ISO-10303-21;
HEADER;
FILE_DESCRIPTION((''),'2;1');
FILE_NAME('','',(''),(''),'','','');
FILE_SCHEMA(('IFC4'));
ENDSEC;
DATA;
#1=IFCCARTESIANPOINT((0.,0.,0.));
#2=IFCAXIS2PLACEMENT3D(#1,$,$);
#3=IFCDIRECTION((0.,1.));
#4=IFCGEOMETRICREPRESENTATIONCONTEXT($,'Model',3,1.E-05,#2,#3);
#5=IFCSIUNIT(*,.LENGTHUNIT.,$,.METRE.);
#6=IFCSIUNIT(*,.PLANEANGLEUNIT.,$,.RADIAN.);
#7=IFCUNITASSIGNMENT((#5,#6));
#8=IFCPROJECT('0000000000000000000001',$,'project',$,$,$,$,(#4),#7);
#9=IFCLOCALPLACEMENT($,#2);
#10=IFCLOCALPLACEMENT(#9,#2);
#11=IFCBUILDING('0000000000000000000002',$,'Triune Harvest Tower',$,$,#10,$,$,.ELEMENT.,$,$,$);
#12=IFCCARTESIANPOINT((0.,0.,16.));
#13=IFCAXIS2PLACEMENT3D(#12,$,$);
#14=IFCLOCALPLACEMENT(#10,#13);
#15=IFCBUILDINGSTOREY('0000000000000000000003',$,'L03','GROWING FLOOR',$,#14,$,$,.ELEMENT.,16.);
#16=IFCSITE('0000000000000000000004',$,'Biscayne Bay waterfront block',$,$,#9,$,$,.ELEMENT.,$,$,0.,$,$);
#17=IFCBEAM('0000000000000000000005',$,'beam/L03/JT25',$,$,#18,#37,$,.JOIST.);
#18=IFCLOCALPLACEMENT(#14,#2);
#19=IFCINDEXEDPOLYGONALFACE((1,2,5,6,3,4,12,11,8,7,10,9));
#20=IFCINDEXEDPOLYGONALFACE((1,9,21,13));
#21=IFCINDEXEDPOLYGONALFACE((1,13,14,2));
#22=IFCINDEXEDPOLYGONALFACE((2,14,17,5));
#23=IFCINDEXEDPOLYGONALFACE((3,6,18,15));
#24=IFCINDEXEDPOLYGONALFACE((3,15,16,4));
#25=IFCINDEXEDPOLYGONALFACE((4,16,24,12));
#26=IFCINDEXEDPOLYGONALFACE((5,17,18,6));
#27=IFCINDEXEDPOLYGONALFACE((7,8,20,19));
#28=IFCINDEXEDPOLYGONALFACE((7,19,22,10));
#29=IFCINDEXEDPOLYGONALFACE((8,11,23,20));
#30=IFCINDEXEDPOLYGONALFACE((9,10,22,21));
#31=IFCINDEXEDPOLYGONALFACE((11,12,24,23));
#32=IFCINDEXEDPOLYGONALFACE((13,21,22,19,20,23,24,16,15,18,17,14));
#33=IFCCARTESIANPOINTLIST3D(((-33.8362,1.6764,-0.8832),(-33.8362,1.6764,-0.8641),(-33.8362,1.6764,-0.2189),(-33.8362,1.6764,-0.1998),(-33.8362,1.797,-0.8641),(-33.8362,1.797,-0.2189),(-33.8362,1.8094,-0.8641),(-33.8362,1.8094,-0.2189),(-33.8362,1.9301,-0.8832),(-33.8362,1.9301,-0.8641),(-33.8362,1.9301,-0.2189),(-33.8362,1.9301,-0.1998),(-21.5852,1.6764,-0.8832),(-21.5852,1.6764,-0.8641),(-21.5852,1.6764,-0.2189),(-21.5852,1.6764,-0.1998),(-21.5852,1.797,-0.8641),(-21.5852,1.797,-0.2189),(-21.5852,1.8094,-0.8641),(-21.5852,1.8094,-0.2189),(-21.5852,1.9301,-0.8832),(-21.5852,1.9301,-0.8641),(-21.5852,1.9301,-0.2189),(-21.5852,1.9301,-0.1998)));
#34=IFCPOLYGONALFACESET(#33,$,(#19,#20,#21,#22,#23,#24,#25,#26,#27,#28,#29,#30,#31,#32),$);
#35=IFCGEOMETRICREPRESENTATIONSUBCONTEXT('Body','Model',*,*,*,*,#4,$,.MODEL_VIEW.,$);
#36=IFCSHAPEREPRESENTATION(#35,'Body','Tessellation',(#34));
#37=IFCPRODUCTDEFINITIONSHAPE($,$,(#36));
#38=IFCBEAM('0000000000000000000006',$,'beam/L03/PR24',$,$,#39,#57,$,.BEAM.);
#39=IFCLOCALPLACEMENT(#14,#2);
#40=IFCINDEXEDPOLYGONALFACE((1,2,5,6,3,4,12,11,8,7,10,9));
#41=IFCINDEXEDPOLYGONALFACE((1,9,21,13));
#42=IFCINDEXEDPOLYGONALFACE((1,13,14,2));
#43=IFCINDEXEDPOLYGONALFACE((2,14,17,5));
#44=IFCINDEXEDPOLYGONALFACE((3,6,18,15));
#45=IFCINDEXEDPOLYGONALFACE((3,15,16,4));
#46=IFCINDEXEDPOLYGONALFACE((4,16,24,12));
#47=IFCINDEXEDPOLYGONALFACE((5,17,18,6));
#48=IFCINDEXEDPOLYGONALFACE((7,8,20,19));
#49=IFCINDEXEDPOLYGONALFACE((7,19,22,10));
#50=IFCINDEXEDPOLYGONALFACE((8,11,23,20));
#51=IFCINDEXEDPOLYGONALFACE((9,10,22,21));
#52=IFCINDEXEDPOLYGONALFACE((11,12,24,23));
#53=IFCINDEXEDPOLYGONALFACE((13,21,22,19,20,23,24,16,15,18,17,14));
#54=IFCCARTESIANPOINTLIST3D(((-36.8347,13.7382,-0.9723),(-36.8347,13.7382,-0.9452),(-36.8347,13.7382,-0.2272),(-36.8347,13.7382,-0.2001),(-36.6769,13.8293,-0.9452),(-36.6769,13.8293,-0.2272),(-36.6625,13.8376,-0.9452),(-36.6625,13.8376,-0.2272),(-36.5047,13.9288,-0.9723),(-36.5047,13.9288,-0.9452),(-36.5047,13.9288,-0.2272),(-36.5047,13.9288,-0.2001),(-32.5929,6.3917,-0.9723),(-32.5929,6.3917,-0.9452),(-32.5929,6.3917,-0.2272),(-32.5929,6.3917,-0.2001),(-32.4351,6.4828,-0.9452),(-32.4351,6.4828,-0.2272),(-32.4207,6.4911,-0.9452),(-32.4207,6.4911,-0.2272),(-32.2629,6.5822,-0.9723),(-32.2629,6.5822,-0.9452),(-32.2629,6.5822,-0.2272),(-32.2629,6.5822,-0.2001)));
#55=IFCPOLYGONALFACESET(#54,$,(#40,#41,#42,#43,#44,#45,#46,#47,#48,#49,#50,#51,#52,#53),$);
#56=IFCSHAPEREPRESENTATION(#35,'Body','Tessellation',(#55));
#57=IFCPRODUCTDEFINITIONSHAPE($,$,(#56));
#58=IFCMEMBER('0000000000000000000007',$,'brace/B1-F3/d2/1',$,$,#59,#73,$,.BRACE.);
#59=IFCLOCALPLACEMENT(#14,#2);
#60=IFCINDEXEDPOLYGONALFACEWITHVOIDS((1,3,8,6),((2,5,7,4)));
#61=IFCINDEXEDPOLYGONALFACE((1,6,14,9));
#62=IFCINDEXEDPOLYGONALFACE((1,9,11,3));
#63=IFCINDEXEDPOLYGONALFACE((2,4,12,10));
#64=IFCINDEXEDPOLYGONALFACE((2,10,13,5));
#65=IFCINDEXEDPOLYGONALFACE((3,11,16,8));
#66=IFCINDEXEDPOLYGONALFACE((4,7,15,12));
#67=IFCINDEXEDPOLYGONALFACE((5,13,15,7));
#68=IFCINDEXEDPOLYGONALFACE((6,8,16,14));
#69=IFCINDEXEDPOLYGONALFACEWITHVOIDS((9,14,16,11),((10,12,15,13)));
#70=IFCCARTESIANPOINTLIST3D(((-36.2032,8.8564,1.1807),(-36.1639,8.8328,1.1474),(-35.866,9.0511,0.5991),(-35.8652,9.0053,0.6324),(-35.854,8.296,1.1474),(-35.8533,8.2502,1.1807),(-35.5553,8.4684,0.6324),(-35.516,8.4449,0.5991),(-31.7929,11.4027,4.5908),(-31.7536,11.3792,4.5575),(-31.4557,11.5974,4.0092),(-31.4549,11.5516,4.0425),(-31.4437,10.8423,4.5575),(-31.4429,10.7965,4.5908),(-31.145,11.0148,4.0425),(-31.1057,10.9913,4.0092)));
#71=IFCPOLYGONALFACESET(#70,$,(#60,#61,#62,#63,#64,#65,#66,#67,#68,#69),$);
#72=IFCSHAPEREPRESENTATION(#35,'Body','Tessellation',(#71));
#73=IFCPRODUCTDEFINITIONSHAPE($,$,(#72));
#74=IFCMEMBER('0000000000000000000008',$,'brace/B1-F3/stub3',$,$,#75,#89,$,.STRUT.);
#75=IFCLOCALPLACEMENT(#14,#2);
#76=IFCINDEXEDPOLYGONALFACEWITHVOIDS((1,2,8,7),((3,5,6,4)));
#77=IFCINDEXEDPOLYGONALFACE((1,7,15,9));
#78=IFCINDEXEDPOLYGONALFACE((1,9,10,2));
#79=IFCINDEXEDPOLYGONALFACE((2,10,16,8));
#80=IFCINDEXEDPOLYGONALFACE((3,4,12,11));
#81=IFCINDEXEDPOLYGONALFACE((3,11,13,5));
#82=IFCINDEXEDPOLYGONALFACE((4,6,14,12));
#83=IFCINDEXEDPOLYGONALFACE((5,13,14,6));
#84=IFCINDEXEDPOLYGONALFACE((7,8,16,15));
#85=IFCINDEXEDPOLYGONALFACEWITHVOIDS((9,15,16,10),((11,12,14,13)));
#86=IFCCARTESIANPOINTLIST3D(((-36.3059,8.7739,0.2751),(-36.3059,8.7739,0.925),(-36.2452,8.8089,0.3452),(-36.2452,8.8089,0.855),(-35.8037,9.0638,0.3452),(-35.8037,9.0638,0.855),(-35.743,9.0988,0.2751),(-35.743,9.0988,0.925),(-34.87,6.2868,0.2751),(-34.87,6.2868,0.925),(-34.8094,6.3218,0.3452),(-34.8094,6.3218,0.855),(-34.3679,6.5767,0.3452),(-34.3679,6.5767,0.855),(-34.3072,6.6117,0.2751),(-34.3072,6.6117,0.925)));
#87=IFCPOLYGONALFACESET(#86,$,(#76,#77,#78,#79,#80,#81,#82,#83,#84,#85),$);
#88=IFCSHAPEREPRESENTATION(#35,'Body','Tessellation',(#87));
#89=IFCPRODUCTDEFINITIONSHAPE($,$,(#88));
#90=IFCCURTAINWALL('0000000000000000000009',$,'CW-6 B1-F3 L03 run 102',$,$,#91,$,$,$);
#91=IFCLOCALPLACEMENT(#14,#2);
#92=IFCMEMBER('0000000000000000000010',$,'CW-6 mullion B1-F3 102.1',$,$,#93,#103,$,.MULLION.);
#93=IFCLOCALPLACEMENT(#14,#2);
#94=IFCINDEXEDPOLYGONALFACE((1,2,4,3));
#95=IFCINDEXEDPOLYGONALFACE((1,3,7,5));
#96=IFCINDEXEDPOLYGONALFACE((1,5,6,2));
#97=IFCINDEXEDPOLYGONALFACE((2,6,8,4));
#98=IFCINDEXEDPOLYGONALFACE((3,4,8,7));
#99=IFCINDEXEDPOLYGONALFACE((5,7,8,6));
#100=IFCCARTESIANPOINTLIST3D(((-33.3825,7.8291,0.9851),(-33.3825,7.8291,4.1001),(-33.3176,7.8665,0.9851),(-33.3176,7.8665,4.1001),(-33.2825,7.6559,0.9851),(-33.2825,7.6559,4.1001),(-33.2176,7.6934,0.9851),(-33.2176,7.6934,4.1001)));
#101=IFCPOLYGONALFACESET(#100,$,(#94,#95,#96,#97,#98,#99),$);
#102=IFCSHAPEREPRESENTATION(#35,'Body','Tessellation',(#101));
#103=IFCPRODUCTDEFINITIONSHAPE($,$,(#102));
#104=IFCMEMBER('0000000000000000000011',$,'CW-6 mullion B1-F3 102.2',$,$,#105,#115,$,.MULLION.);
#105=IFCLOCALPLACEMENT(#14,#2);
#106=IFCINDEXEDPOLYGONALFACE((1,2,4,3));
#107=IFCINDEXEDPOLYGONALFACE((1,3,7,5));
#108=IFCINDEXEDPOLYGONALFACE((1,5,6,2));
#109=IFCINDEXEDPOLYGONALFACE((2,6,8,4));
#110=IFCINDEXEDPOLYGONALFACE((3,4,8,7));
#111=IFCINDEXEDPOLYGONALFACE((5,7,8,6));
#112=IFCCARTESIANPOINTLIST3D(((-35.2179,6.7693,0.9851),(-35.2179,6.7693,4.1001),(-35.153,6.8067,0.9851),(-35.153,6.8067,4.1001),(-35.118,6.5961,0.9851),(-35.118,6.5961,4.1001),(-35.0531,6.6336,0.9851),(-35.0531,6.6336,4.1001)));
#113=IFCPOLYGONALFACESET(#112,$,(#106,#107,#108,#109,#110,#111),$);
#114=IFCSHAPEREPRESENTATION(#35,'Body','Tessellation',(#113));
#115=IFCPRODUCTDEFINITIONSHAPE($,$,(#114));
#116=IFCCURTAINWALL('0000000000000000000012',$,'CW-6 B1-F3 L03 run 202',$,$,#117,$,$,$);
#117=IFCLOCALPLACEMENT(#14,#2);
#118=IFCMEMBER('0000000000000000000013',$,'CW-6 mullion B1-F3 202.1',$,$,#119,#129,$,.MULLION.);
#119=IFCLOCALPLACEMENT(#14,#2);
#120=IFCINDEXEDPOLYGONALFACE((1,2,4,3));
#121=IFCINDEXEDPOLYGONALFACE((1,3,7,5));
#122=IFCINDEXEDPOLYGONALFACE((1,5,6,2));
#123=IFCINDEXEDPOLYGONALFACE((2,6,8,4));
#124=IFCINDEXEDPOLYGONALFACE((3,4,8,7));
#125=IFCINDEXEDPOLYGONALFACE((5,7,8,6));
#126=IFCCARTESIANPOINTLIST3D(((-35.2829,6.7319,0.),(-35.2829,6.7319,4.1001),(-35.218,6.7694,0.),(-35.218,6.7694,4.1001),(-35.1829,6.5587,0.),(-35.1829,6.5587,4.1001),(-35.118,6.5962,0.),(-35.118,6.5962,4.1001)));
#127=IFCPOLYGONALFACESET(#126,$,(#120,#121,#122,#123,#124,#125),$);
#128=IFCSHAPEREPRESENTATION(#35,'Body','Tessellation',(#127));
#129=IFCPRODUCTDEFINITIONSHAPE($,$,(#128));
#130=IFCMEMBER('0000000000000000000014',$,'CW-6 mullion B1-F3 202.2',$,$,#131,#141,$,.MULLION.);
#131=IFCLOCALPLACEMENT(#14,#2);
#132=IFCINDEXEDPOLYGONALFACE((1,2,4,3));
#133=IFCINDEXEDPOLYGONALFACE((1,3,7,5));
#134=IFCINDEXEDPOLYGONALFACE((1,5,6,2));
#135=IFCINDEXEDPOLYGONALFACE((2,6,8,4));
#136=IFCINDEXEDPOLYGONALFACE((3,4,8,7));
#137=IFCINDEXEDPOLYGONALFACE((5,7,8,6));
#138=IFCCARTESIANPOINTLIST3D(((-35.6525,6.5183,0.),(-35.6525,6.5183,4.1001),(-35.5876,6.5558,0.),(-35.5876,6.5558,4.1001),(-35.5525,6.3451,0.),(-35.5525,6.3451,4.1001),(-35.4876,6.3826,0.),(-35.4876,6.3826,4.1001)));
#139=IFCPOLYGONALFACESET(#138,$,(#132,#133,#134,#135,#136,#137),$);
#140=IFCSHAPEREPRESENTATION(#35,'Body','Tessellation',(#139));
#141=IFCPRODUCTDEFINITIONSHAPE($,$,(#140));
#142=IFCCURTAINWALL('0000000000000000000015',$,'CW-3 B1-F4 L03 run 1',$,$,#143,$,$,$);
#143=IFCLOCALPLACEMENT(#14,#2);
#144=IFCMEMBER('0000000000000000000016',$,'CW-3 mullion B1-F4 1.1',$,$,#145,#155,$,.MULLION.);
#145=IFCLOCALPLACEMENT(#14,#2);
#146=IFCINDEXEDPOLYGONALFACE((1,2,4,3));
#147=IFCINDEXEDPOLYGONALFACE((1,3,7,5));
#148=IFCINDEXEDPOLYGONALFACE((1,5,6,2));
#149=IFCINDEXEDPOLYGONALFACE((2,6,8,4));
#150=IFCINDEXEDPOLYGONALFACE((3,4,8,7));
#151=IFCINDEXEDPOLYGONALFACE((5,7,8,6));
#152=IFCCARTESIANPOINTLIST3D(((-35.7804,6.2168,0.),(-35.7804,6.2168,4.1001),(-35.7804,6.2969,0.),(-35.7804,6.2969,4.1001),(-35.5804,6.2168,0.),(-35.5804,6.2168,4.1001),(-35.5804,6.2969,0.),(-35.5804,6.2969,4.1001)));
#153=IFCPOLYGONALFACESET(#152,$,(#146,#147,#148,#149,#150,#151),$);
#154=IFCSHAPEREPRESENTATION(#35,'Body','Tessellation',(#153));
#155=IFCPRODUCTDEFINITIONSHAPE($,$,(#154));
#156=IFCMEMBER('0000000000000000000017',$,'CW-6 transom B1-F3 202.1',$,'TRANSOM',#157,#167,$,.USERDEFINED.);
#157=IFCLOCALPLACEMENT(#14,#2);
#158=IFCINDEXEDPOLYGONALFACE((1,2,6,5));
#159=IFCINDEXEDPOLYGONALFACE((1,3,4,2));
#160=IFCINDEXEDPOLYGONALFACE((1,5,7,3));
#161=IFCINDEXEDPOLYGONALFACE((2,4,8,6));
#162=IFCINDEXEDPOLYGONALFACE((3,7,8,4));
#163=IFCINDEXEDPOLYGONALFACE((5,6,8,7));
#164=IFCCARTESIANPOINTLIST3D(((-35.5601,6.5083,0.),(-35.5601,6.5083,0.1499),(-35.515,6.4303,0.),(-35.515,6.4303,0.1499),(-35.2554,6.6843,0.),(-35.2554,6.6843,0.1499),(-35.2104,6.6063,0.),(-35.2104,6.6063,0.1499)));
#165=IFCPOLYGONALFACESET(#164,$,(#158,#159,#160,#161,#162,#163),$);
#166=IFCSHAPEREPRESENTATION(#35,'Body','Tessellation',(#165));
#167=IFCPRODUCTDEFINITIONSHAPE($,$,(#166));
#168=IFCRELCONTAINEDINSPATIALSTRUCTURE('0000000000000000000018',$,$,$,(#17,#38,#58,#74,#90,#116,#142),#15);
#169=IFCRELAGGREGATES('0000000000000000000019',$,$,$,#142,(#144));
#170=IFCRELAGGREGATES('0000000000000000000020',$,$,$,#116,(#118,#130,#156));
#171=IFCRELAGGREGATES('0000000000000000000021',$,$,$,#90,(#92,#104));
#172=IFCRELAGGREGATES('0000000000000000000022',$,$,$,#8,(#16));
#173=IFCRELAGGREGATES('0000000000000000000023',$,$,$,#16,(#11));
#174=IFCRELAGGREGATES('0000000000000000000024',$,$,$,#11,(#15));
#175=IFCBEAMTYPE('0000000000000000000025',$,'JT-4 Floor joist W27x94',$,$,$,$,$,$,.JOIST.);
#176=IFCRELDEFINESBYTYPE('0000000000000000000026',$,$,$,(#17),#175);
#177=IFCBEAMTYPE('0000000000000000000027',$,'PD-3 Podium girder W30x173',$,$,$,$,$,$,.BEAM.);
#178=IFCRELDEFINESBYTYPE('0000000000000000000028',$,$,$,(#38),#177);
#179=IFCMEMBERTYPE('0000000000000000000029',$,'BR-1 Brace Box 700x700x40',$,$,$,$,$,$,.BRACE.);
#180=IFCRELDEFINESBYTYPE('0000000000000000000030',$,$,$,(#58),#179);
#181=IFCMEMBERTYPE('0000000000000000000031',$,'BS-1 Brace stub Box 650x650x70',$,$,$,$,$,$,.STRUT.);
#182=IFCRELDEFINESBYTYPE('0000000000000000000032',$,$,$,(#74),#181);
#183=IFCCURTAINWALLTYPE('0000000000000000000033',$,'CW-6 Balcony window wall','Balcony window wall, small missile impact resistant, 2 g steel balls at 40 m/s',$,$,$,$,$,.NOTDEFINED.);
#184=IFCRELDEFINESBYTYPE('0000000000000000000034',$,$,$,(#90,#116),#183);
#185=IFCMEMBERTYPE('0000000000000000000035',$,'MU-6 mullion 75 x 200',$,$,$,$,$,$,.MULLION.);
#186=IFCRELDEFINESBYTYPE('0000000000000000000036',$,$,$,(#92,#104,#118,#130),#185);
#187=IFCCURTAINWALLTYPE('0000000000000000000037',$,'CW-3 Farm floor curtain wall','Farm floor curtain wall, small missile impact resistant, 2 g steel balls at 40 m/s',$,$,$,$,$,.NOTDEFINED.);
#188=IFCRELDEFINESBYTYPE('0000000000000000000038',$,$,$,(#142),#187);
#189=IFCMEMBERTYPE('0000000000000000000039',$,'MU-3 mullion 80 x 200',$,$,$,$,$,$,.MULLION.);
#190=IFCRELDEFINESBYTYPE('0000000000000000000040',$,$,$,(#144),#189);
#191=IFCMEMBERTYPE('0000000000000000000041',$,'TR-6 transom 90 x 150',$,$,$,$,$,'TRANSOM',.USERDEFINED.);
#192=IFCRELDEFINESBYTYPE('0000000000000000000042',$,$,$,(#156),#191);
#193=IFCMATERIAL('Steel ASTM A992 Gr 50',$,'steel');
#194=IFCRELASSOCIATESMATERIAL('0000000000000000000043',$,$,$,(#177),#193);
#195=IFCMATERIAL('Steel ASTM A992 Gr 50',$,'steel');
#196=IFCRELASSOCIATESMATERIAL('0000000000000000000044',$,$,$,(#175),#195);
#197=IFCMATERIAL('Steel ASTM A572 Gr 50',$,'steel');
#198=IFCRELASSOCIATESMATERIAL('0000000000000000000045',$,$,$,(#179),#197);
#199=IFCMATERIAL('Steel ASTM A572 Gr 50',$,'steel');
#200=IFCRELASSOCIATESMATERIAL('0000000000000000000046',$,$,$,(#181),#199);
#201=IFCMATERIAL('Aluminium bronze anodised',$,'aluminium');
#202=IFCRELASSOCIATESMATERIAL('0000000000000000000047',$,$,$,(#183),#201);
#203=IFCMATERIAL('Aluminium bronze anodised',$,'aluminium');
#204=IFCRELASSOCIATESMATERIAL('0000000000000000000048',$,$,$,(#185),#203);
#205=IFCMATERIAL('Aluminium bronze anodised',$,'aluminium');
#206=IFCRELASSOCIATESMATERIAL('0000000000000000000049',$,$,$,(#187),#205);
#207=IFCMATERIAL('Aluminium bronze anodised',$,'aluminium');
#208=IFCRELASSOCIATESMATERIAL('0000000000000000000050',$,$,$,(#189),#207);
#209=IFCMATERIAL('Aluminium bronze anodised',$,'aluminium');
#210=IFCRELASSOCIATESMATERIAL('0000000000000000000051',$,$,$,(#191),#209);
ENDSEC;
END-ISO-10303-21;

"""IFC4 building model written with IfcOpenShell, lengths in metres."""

from ifc_helpers import new_model, si_unit, direction, frame, origin, origin_2d, place, context, subcontext, project, spatial, rectangle, hollow_rectangle, i_section, extrude, source, transform, mapped, material, material_profile, profile_set, type_object, element, aggregate, save


model = new_model("IFC4")

# Units and contexts
model_context = context("Model", 3, precision=1e-05, world=origin(), true_north=direction((0.0, 1.0)))
body_context = subcontext(model_context, "Body", "Model", "MODEL_VIEW")
ifc_project = project(units=[si_unit("LENGTHUNIT", "METRE"), si_unit("PLANEANGLEUNIT", "RADIAN")], contexts=[model_context])

# Site, building, storey
site_placement = place(None, origin())
site = spatial("IfcSite", under=ifc_project, at=site_placement, Name="Biscayne Bay waterfront block", CompositionType="ELEMENT", RefElevation=0.0)
building_placement = place(site_placement, origin())
building = spatial("IfcBuilding", under=site, at=building_placement, Name="Triune Harvest Tower", CompositionType="ELEMENT")
storey_placement = place(building_placement, frame((0.0, 0.0, 16.0)))
storey = spatial("IfcBuildingStorey", under=building, at=storey_placement, Name="L03", Description="GROWING FLOOR", CompositionType="ELEMENT", Elevation=16.0)

# Beams
ifc_material_1 = material(Name="Steel ASTM A992 Gr 50", Category="steel")
ifc_material_profile_1 = material_profile(ifc_material_1, i_section(OverallWidth=0.3811, OverallDepth=0.7722, WebThickness=0.0166, FlangeThickness=0.0271, at=origin_2d()), Name="W30x173")
ifc_profile_set_1 = profile_set([ifc_material_profile_1], Name="Steel ASTM A992 Gr 50")
beam_type_1 = type_object("IfcBeamType", Name="PD-3 Podium girder W30x173", PredefinedType="BEAM", material=ifc_profile_set_1)
ifc_material_2 = material(Name="Steel ASTM A992 Gr 50", Category="steel")
ifc_material_profile_2 = material_profile(ifc_material_2, i_section(OverallWidth=0.2537, OverallDepth=0.6833, WebThickness=0.0125, FlangeThickness=0.019, at=origin_2d()), Name="W27x94")
ifc_profile_set_2 = profile_set([ifc_material_profile_2], Name="Steel ASTM A992 Gr 50")
beam_type_2 = type_object("IfcBeamType", Name="JT-4 Floor joist W27x94", PredefinedType="JOIST", material=ifc_profile_set_2)
shared_shape_1 = source(origin(), body_context, "Body", "SweptSolid", [
    extrude(i_section(OverallWidth=0.2537, OverallDepth=0.6833, WebThickness=0.0125, FlangeThickness=0.019, at=origin_2d()), origin(), (0.0, 0.0, 1.0), 12.251),
])
beam_1_placement = place(storey_placement, frame((-33.8362, 1.8032, -0.5415), z_axis=(1.0, 0.0, 0.0), x_axis=(0.0, 1.0, 0.0)))
element("IfcBeam", 1, at=beam_1_placement, inside=storey, type_object=beam_type_2, Name="beam/L03/JT25", PredefinedType="JOIST", context=body_context, shape_type="MappedRepresentation", body=[
    mapped(shared_shape_1, transform((0.0, 0.0, 0.0), scale=1.0)),
])
shared_shape_2 = source(origin(), body_context, "Body", "SweptSolid", [
    extrude(i_section(OverallWidth=0.3811, OverallDepth=0.7722, WebThickness=0.0166, FlangeThickness=0.0271, at=origin_2d()), origin(), (0.0, 0.0, 1.0), 8.4832),
])
beam_2_placement = place(storey_placement, frame((-36.6697, 13.8335, -0.5862), z_axis=(0.500021, -0.866014, 0.0), x_axis=(0.866014, 0.500021, 0.0)))
element("IfcBeam", 2, at=beam_2_placement, inside=storey, type_object=beam_type_1, Name="beam/L03/PR24", PredefinedType="BEAM", context=body_context, shape_type="MappedRepresentation", body=[
    mapped(shared_shape_2, transform((0.0, 0.0, 0.0), scale=1.0)),
])

# Members
ifc_material_3 = material(Name="Steel ASTM A572 Gr 50", Category="steel")
ifc_material_profile_3 = material_profile(ifc_material_3, hollow_rectangle(XDim=0.7, YDim=0.7, WallThickness=0.04, at=origin_2d()), Name="Box 700x700x40")
ifc_profile_set_3 = profile_set([ifc_material_profile_3], Name="Steel ASTM A572 Gr 50")
member_type_1 = type_object("IfcMemberType", Name="BR-1 Brace Box 700x700x40", PredefinedType="BRACE", material=ifc_profile_set_3)
shared_shape_3 = source(origin(), body_context, "Body", "SweptSolid", [
    extrude(hollow_rectangle(XDim=0.7, YDim=0.7, WallThickness=0.04, at=origin_2d()), origin(), (0.0, 0.0, 1.0), 6.1289),
])
member_1_placement = place(storey_placement, frame((-35.8596, 8.6506, 0.8899), z_axis=(0.719593, 0.415464, 0.556395), x_axis=(-0.500006, 0.866022, 0.0)))
element("IfcMember", 3, at=member_1_placement, inside=storey, type_object=member_type_1, Name="brace/B1-F3/d2/1", PredefinedType="BRACE", context=body_context, shape_type="MappedRepresentation", body=[
    mapped(shared_shape_3, transform((0.0, 0.0, 0.0), scale=1.0)),
])
ifc_material_4 = material(Name="Steel ASTM A572 Gr 50", Category="steel")
ifc_material_profile_4 = material_profile(ifc_material_4, hollow_rectangle(XDim=0.6499, YDim=0.6499, WallThickness=0.0701, at=origin_2d()), Name="Box 650x650x70")
ifc_profile_set_4 = profile_set([ifc_material_profile_4], Name="Steel ASTM A572 Gr 50")
member_type_2 = type_object("IfcMemberType", Name="BS-1 Brace stub Box 650x650x70", PredefinedType="STRUT", material=ifc_profile_set_4)
shared_shape_4 = source(origin(), body_context, "Body", "SweptSolid", [
    extrude(hollow_rectangle(XDim=0.6499, YDim=0.6499, WallThickness=0.0701, at=origin_2d()), origin(), (0.0, 0.0, 1.0), 2.8718),
])
member_2_placement = place(storey_placement, frame((-34.5886, 6.4492, 0.6001), z_axis=(-0.49997, 0.866043, 0.0), x_axis=(-0.866043, -0.49997, 0.0)))
element("IfcMember", 4, at=member_2_placement, inside=storey, type_object=member_type_2, Name="brace/B1-F3/stub3", PredefinedType="STRUT", context=body_context, shape_type="MappedRepresentation", body=[
    mapped(shared_shape_4, transform((0.0, 0.0, 0.0), scale=1.0)),
])

# Curtain walls, members
ifc_material_5 = material(Name="Aluminium bronze anodised", Category="aluminium")
curtain_wall_type_1 = type_object("IfcCurtainWallType", Name="CW-6 Balcony window wall", Description="Balcony window wall, small missile impact resistant, 2 g steel balls at 40 m/s", PredefinedType="NOTDEFINED", material=ifc_material_5)
curtain_wall_1_placement = place(storey_placement, origin())
curtain_wall_1 = element("IfcCurtainWall", 5, at=curtain_wall_1_placement, inside=storey, type_object=curtain_wall_type_1, Name="CW-6 B1-F3 L03 run 102")
ifc_material_6 = material(Name="Aluminium bronze anodised", Category="aluminium")
ifc_material_profile_5 = material_profile(ifc_material_6, rectangle(XDim=0.2, YDim=0.075, at=origin_2d()), Name="MU-6 mullion 75 x 200")
ifc_profile_set_5 = profile_set([ifc_material_profile_5], Name="Aluminium bronze anodised")
member_type_3 = type_object("IfcMemberType", Name="MU-6 mullion 75 x 200", PredefinedType="MULLION", material=ifc_profile_set_5)
shared_shape_5 = source(origin(), body_context, "Body", "SweptSolid", [
    extrude(rectangle(XDim=0.2, YDim=0.075, at=origin_2d()), origin(), (0.0, 0.0, 1.0), 3.115),
])
member_3_placement = place(storey_placement, frame((-33.3, 7.7612, 0.9851), z_axis=(0.0, 0.0, 1.0), x_axis=(0.500001, -0.866025, 0.0)))
member_3 = element("IfcMember", 6, at=member_3_placement, type_object=member_type_3, Name="CW-6 mullion B1-F3 102.1", PredefinedType="MULLION", context=body_context, shape_type="MappedRepresentation", body=[
    mapped(shared_shape_5, transform((0.0, 0.0, 0.0), scale=1.0)),
])
member_4_placement = place(storey_placement, frame((-35.1355, 6.7014, 0.9851), z_axis=(0.0, 0.0, 1.0), x_axis=(0.500001, -0.866025, 0.0)))
member_4 = element("IfcMember", 7, at=member_4_placement, type_object=member_type_3, Name="CW-6 mullion B1-F3 102.2", PredefinedType="MULLION", context=body_context, shape_type="MappedRepresentation", body=[
    mapped(shared_shape_5, transform((0.0, 0.0, 0.0), scale=1.0)),
])
curtain_wall_2_placement = place(storey_placement, origin())
curtain_wall_2 = element("IfcCurtainWall", 8, at=curtain_wall_2_placement, inside=storey, type_object=curtain_wall_type_1, Name="CW-6 B1-F3 L03 run 202")
shared_shape_6 = source(origin(), body_context, "Body", "SweptSolid", [
    extrude(rectangle(XDim=0.2, YDim=0.075, at=origin_2d()), origin(), (0.0, 0.0, 1.0), 4.1001),
])
member_5_placement = place(storey_placement, frame((-35.2004, 6.6641, 0.0), z_axis=(0.0, 0.0, 1.0), x_axis=(0.499975, -0.86604, 0.0)))
member_5 = element("IfcMember", 9, at=member_5_placement, type_object=member_type_3, Name="CW-6 mullion B1-F3 202.1", PredefinedType="MULLION", context=body_context, shape_type="MappedRepresentation", body=[
    mapped(shared_shape_6, transform((0.0, 0.0, 0.0), scale=1.0)),
])
member_6_placement = place(storey_placement, frame((-35.5701, 6.4504, 0.0), z_axis=(0.0, 0.0, 1.0), x_axis=(0.499975, -0.86604, 0.0)))
member_6 = element("IfcMember", 10, at=member_6_placement, type_object=member_type_3, Name="CW-6 mullion B1-F3 202.2", PredefinedType="MULLION", context=body_context, shape_type="MappedRepresentation", body=[
    mapped(shared_shape_6, transform((0.0, 0.0, 0.0), scale=1.0)),
])

# Curtain wall, member
ifc_material_7 = material(Name="Aluminium bronze anodised", Category="aluminium")
curtain_wall_type_2 = type_object("IfcCurtainWallType", Name="CW-3 Farm floor curtain wall", Description="Farm floor curtain wall, small missile impact resistant, 2 g steel balls at 40 m/s", PredefinedType="NOTDEFINED", material=ifc_material_7)
curtain_wall_3_placement = place(storey_placement, origin())
curtain_wall_3 = element("IfcCurtainWall", 11, at=curtain_wall_3_placement, inside=storey, type_object=curtain_wall_type_2, Name="CW-3 B1-F4 L03 run 1")
ifc_material_8 = material(Name="Aluminium bronze anodised", Category="aluminium")
ifc_material_profile_6 = material_profile(ifc_material_8, rectangle(XDim=0.2, YDim=0.0801, at=origin_2d()), Name="MU-3 mullion 80 x 200")
ifc_profile_set_6 = profile_set([ifc_material_profile_6], Name="Aluminium bronze anodised")
member_type_4 = type_object("IfcMemberType", Name="MU-3 mullion 80 x 200", PredefinedType="MULLION", material=ifc_profile_set_6)
shared_shape_7 = source(origin(), body_context, "Body", "SweptSolid", [
    extrude(rectangle(XDim=0.2, YDim=0.0801, at=origin_2d()), origin(), (0.0, 0.0, 1.0), 4.1001),
])
member_7_placement = place(storey_placement, frame((-35.6804, 6.2568, 0.0), z_axis=(0.0, 0.0, 1.0), x_axis=(1.0, 0.0, 0.0)))
member_7 = element("IfcMember", 12, at=member_7_placement, type_object=member_type_4, Name="CW-3 mullion B1-F4 1.1", PredefinedType="MULLION", context=body_context, shape_type="MappedRepresentation", body=[
    mapped(shared_shape_7, transform((0.0, 0.0, 0.0), scale=1.0)),
])

# Member
ifc_material_9 = material(Name="Aluminium bronze anodised", Category="aluminium")
ifc_material_profile_7 = material_profile(ifc_material_9, rectangle(XDim=0.0901, YDim=0.1499, at=origin_2d()), Name="TR-6 transom 90 x 150")
ifc_profile_set_7 = profile_set([ifc_material_profile_7], Name="Aluminium bronze anodised")
member_type_5 = type_object("IfcMemberType", Name="TR-6 transom 90 x 150", ElementType="TRANSOM", PredefinedType="USERDEFINED", material=ifc_profile_set_7)
shared_shape_8 = source(origin(), body_context, "Body", "SweptSolid", [
    extrude(rectangle(XDim=0.0901, YDim=0.1499, at=origin_2d()), origin(), (0.0, 0.0, 1.0), 0.3518),
])
member_8_placement = place(storey_placement, frame((-35.2329, 6.6453, 0.075), z_axis=(-0.865885, -0.500243, 0.0), x_axis=(0.500243, -0.865885, 0.0)))
member_8 = element("IfcMember", 13, at=member_8_placement, type_object=member_type_5, Name="CW-6 transom B1-F3 202.1", ObjectType="TRANSOM", PredefinedType="USERDEFINED", context=body_context, shape_type="MappedRepresentation", body=[
    mapped(shared_shape_8, transform((0.0, 0.0, 0.0), scale=1.0)),
])

aggregate(curtain_wall_3, [member_7])
aggregate(curtain_wall_2, [member_5, member_6, member_8])
aggregate(curtain_wall_1, [member_3, member_4])

save(model, "model.ifc")
